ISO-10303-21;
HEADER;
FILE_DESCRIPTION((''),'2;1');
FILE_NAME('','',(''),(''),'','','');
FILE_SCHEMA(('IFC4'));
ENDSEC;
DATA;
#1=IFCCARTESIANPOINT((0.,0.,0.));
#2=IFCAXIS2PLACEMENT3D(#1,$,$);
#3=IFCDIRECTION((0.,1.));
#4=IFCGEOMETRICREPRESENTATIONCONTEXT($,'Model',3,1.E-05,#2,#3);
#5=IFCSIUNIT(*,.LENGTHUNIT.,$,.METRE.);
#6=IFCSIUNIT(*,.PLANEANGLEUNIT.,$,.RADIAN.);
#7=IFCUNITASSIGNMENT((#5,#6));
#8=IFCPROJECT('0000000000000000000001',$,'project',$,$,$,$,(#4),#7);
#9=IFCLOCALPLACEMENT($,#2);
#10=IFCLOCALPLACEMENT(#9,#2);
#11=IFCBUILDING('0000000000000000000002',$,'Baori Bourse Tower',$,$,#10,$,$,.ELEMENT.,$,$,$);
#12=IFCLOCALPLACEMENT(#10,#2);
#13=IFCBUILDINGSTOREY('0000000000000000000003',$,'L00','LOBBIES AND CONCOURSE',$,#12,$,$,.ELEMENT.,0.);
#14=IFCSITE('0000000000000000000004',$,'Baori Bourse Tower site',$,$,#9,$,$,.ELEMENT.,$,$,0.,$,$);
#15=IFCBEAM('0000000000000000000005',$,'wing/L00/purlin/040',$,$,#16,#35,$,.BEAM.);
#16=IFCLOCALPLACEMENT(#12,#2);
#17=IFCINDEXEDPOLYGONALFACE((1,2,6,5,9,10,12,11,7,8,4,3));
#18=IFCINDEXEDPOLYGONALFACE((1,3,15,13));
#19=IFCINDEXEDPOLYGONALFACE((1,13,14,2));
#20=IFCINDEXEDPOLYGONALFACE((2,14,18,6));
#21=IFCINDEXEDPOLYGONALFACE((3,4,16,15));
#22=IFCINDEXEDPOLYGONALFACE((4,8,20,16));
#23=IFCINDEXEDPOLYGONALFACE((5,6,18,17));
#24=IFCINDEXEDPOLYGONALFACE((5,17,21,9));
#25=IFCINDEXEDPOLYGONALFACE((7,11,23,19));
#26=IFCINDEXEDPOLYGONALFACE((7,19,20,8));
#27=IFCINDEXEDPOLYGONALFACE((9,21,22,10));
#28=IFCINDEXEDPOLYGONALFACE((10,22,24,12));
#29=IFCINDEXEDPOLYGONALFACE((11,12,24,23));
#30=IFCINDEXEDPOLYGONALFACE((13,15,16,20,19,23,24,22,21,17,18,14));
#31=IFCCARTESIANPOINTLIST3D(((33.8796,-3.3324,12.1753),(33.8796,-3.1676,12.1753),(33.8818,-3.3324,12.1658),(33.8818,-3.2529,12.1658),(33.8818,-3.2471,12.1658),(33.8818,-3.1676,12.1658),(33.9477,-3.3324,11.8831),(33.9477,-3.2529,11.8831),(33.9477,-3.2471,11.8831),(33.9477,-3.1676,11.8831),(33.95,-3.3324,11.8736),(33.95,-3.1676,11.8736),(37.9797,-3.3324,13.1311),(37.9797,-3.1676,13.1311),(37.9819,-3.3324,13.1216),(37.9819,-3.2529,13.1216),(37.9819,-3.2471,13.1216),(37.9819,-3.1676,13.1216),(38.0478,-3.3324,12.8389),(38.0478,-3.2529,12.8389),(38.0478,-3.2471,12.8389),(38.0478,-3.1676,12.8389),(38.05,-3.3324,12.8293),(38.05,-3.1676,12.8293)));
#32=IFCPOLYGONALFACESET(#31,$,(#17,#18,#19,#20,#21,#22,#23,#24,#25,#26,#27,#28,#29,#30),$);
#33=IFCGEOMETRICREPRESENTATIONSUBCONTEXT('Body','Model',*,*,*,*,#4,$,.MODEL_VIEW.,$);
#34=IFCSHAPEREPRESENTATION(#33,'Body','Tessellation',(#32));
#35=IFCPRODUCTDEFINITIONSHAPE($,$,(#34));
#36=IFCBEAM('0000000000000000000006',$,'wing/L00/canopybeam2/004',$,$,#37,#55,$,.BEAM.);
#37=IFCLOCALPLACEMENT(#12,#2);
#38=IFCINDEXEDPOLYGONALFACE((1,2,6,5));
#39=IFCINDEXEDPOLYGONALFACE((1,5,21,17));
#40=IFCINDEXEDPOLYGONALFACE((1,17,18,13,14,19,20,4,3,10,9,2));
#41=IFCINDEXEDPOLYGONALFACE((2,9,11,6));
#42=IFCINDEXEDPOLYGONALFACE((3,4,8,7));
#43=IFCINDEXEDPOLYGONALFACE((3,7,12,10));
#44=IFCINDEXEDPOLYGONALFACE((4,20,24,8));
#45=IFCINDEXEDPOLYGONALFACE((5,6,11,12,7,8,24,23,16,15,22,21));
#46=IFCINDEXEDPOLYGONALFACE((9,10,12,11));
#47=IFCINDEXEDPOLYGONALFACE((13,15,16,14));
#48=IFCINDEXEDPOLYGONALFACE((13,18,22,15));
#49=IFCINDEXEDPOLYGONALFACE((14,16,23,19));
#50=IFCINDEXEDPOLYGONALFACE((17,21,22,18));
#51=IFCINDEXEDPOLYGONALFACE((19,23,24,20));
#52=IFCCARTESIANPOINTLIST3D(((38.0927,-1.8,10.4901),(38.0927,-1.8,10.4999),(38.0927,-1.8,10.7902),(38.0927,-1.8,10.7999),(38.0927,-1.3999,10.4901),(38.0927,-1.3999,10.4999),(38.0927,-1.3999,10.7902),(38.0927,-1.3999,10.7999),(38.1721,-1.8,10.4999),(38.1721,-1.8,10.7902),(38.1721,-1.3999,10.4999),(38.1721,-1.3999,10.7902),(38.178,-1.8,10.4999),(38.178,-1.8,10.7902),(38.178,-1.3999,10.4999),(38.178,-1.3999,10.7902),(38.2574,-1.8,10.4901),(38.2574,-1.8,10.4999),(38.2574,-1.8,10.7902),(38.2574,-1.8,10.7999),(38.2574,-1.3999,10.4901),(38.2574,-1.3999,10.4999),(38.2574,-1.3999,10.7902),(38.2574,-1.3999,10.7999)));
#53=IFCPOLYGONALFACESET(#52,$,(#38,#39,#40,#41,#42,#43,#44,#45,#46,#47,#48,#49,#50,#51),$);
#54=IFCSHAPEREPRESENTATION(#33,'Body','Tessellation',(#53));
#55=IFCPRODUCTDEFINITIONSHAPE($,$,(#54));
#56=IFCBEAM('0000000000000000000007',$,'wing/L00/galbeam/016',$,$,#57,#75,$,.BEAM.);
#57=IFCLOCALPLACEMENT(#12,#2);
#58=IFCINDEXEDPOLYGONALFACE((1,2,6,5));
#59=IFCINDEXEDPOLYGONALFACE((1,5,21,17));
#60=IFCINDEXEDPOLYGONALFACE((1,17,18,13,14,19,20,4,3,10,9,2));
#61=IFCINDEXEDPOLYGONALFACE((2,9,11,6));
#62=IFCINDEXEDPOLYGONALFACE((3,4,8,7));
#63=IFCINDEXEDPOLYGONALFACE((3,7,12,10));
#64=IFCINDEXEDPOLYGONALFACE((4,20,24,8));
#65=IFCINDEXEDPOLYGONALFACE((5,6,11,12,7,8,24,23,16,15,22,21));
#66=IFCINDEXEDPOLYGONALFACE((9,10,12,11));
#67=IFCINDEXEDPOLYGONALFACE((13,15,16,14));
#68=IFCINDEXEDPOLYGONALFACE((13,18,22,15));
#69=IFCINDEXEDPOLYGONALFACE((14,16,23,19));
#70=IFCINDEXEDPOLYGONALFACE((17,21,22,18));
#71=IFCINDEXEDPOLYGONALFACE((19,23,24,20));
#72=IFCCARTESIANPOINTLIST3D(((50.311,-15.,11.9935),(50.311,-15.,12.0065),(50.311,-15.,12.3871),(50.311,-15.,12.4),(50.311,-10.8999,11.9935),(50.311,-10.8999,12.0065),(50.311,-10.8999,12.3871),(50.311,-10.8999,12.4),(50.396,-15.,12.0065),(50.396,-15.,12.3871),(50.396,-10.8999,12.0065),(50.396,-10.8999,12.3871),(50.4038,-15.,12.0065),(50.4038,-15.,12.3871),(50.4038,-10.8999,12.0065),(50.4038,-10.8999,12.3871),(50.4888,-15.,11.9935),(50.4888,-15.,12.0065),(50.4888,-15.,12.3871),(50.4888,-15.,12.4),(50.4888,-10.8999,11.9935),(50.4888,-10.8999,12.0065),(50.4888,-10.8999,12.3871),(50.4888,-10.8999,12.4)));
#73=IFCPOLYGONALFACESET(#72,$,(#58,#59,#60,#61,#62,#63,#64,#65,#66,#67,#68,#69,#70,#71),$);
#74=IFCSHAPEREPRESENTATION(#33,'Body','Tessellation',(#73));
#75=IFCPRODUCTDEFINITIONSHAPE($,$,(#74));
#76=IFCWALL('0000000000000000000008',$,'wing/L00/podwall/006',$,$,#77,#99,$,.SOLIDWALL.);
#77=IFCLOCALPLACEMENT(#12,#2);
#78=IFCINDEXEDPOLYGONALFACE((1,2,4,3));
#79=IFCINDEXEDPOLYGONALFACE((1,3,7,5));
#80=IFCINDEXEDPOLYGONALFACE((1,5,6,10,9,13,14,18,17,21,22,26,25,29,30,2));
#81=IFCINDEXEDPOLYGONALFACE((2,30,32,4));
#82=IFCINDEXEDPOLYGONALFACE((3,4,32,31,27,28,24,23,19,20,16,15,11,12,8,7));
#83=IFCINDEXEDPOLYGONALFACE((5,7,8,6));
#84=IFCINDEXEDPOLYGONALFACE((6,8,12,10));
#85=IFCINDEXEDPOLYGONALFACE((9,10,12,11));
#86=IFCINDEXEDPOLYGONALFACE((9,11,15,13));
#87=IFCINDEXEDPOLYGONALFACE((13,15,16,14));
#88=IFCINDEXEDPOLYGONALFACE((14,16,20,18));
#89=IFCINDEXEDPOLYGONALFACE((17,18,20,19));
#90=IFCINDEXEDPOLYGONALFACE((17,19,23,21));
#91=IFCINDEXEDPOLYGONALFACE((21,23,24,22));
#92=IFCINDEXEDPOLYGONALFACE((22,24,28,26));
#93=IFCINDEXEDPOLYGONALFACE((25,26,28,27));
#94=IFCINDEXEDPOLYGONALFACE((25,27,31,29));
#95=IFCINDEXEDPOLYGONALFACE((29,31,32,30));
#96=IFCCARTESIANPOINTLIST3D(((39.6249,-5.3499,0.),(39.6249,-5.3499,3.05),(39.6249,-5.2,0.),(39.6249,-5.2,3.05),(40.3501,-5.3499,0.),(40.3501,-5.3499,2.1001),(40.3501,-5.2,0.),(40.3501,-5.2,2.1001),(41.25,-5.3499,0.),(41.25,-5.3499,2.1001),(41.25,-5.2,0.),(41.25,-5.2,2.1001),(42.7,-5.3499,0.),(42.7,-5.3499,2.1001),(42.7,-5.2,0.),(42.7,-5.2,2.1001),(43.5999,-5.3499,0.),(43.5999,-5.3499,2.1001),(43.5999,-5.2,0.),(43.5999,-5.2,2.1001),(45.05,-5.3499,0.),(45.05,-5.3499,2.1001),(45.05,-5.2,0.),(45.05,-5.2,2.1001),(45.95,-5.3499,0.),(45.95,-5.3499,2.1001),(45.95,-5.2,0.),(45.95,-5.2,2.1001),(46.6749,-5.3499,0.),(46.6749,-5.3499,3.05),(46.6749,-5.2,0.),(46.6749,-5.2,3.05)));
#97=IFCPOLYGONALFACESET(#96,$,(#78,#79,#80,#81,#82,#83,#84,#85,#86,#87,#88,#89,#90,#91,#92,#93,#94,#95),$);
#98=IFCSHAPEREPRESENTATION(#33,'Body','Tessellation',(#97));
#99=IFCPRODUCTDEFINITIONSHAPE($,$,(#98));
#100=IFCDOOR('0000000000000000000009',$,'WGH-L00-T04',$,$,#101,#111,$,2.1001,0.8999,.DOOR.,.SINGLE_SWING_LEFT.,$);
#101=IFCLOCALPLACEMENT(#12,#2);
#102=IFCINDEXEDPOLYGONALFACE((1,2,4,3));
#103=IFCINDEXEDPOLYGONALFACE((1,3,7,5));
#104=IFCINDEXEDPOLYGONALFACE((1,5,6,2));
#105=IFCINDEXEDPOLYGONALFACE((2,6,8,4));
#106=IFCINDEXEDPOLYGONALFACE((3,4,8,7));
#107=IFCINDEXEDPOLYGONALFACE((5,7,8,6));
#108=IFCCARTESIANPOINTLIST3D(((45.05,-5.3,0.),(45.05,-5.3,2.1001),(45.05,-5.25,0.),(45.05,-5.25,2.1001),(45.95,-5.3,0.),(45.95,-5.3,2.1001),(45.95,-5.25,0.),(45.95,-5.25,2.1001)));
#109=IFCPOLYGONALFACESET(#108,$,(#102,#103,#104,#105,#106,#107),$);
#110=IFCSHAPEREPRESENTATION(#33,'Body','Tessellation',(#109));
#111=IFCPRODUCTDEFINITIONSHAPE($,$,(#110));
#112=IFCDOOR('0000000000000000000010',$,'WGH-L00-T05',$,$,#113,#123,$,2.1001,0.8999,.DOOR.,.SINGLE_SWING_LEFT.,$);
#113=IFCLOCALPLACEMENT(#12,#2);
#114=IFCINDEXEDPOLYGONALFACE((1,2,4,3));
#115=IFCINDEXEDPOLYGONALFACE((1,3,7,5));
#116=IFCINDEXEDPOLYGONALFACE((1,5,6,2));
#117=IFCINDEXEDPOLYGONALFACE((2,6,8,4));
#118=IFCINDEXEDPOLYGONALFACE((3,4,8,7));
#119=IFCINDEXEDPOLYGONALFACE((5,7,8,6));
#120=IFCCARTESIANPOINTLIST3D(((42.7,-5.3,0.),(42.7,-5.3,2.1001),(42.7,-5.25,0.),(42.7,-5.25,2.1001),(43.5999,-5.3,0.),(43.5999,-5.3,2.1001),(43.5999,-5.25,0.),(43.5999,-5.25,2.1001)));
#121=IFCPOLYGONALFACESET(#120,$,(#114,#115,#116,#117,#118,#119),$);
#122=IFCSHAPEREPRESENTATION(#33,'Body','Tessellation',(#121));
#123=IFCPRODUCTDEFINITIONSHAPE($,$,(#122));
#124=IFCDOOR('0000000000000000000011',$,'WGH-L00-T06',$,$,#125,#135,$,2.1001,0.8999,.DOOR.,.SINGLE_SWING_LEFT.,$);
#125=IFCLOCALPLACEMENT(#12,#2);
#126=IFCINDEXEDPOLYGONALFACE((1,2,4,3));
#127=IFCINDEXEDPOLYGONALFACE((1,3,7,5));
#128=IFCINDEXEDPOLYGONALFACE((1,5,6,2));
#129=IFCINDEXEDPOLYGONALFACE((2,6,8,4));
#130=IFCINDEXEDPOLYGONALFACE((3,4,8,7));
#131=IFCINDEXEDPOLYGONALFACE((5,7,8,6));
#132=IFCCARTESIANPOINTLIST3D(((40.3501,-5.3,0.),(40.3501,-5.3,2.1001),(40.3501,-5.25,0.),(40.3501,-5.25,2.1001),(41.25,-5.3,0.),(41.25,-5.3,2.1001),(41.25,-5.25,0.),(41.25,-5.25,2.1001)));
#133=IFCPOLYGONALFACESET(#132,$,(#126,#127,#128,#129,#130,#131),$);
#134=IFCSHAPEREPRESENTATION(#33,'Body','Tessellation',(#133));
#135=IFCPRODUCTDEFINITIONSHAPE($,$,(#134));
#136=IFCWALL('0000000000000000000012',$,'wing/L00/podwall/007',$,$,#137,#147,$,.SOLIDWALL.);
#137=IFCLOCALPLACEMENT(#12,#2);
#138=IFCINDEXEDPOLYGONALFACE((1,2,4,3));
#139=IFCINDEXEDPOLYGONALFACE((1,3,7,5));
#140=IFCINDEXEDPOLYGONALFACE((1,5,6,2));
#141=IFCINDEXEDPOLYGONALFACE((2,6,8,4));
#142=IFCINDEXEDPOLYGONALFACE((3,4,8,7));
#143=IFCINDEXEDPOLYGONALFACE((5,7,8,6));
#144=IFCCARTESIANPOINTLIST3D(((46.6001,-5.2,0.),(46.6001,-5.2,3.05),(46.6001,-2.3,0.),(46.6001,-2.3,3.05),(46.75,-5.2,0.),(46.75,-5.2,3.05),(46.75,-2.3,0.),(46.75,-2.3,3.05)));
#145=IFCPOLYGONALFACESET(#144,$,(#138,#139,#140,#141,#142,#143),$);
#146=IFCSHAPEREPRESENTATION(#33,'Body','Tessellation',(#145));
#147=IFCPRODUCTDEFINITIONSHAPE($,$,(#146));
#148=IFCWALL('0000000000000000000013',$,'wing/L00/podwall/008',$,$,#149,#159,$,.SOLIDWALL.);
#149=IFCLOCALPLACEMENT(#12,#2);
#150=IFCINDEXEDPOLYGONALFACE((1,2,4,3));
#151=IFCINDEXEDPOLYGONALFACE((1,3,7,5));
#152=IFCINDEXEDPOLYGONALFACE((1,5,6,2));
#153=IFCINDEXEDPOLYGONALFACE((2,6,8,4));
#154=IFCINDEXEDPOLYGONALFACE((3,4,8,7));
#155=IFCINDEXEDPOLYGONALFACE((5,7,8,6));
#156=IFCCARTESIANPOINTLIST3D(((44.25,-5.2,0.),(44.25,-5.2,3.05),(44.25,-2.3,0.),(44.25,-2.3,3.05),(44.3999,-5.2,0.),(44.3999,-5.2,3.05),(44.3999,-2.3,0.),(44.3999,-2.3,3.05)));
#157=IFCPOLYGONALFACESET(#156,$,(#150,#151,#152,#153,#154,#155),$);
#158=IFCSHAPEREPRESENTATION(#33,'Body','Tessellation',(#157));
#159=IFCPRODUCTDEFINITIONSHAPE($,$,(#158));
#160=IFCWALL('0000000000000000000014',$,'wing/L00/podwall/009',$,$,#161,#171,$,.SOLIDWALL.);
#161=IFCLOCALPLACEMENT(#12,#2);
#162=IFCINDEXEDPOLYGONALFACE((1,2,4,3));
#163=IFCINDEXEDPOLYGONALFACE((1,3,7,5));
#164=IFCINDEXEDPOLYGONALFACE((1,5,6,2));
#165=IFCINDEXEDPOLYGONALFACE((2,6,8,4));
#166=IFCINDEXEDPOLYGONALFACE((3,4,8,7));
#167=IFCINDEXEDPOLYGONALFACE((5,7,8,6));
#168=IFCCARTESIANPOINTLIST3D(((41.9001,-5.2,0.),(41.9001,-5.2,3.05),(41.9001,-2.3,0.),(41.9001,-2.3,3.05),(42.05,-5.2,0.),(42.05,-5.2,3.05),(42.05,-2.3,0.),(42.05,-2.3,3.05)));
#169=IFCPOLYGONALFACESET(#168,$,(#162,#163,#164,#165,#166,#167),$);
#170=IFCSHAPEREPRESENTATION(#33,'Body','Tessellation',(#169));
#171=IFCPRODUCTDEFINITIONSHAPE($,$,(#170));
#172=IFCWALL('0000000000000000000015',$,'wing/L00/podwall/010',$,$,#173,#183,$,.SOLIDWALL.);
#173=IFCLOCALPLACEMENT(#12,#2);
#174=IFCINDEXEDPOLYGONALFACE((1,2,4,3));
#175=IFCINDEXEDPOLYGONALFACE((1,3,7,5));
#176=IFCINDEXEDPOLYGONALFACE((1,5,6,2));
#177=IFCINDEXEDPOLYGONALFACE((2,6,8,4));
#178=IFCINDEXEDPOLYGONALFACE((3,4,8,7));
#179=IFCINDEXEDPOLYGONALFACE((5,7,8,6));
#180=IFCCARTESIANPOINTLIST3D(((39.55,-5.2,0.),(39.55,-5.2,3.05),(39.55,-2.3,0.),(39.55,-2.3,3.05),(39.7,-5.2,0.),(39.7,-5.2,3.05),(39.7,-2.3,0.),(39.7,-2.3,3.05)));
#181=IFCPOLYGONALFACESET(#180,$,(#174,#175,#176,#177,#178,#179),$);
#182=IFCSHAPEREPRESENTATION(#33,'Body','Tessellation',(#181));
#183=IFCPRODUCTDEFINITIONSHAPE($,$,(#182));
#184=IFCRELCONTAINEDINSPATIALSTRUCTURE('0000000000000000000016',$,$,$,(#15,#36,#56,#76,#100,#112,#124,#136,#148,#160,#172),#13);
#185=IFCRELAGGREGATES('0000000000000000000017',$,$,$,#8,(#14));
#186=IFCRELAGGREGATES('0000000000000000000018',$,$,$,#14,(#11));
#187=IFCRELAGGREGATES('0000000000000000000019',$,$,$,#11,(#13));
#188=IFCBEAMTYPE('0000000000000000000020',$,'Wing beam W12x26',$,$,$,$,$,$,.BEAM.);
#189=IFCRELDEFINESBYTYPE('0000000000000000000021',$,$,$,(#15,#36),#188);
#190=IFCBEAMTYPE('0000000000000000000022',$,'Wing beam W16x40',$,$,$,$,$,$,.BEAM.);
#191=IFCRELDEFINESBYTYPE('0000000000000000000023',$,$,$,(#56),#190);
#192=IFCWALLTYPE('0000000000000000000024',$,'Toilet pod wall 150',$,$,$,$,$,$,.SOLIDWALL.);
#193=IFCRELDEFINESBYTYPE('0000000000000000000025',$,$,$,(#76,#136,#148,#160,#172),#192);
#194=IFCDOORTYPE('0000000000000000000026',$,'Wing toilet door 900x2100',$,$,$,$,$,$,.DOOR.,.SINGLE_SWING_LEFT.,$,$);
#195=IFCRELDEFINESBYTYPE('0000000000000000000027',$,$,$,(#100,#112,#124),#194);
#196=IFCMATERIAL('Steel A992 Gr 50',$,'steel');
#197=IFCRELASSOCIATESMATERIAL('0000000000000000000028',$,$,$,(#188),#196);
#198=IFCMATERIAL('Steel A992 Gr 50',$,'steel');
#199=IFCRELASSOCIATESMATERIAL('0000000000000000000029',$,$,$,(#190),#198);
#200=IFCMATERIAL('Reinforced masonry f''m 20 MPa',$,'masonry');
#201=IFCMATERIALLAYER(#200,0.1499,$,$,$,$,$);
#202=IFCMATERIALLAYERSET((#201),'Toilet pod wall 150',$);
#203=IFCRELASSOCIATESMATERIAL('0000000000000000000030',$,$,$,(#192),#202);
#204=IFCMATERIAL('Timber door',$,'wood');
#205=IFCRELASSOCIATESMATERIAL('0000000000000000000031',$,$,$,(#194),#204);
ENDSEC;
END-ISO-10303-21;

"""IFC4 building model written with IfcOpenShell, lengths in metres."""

from ifc_helpers import new_model, si_unit, direction, frame, frame_2d, origin, origin_2d, place, context, subcontext, project, spatial, rectangle, i_section, extrude, material, layer, layer_set, material_profile, profile_set, type_object, element, fill, save


model = new_model("IFC4")

# Units and contexts
model_context = context("Model", 3, precision=1e-05, world=origin(), true_north=direction((0.0, 1.0)))
body_context = subcontext(model_context, "Body", "Model", "MODEL_VIEW")
ifc_project = project(units=[si_unit("LENGTHUNIT", "METRE"), si_unit("PLANEANGLEUNIT", "RADIAN")], contexts=[model_context])

# Site, building, storey
site_placement = place(None, origin())
site = spatial("IfcSite", under=ifc_project, at=site_placement, Name="Baori Bourse Tower site", CompositionType="ELEMENT", RefElevation=0.0)
building_placement = place(site_placement, origin())
building = spatial("IfcBuilding", under=site, at=building_placement, Name="Baori Bourse Tower", CompositionType="ELEMENT")
storey_placement = place(building_placement, origin())
storey = spatial("IfcBuildingStorey", under=building, at=storey_placement, Name="L00", Description="LOBBIES AND CONCOURSE", CompositionType="ELEMENT", Elevation=0.0)

# Beams
ifc_material_1 = material(Name="Steel A992 Gr 50", Category="steel")
ifc_material_profile_1 = material_profile(ifc_material_1, i_section(OverallWidth=0.1648, OverallDepth=0.3098, WebThickness=0.0059, FlangeThickness=0.0098, at=origin_2d()), Name="W12x26")
ifc_profile_set_1 = profile_set([ifc_material_profile_1], Name="Steel A992 Gr 50")
beam_type_1 = type_object("IfcBeamType", Name="Wing beam W12x26", PredefinedType="BEAM", material=ifc_profile_set_1)
beam_1_placement = place(storey_placement, frame((33.9148, -3.25, 12.0244), z_axis=(0.973887, 0.0, 0.227032), x_axis=(0.0, 1.0, 0.0)))
element("IfcBeam", 1, at=beam_1_placement, inside=storey, type_object=beam_type_1, Name="wing/L00/purlin/040", PredefinedType="BEAM", context=body_context, shape_type="SweptSolid", body=[
    extrude(i_section(OverallWidth=0.1648, OverallDepth=0.3098, WebThickness=0.0059, FlangeThickness=0.0098, at=origin_2d()), origin(), (0.0, 0.0, 1.0), 4.21),
])
beam_2_placement = place(storey_placement, frame((38.175, -1.8, 10.645), z_axis=(0.0, 1.0, 0.0), x_axis=(-1.0, 0.0, 0.0)))
element("IfcBeam", 2, at=beam_2_placement, inside=storey, type_object=beam_type_1, Name="wing/L00/canopybeam2/004", PredefinedType="BEAM", context=body_context, shape_type="SweptSolid", body=[
    extrude(i_section(OverallWidth=0.1648, OverallDepth=0.3098, WebThickness=0.0059, FlangeThickness=0.0098, at=origin_2d()), origin(), (0.0, 0.0, 1.0), 0.4001),
])
ifc_material_2 = material(Name="Steel A992 Gr 50", Category="steel")
ifc_material_profile_2 = material_profile(ifc_material_2, i_section(OverallWidth=0.1777, OverallDepth=0.4065, WebThickness=0.0078, FlangeThickness=0.0129, at=origin_2d()), Name="W16x40")
ifc_profile_set_2 = profile_set([ifc_material_profile_2], Name="Steel A992 Gr 50")
beam_type_2 = type_object("IfcBeamType", Name="Wing beam W16x40", PredefinedType="BEAM", material=ifc_profile_set_2)
beam_3_placement = place(storey_placement, frame((50.3999, -15.0, 12.1968), z_axis=(0.0, 1.0, 0.0), x_axis=(-1.0, 0.0, 0.0)))
element("IfcBeam", 3, at=beam_3_placement, inside=storey, type_object=beam_type_2, Name="wing/L00/galbeam/016", PredefinedType="BEAM", context=body_context, shape_type="SweptSolid", body=[
    extrude(i_section(OverallWidth=0.1777, OverallDepth=0.4065, WebThickness=0.0078, FlangeThickness=0.0129, at=origin_2d()), origin(), (0.0, 0.0, 1.0), 4.1001),
])

# Wall, openings, doors
ifc_material_3 = material(Name="Reinforced masonry f'm 20 MPa", Category="masonry")
ifc_layer = layer(ifc_material_3, 0.1499)
ifc_layer_set = layer_set([ifc_layer], Name="Toilet pod wall 150")
wall_type = type_object("IfcWallType", Name="Toilet pod wall 150", PredefinedType="SOLIDWALL", material=ifc_layer_set)
wall_placement = place(storey_placement, frame((39.625, -5.2749, 0.0), z_axis=(0.0, 0.0, 1.0), x_axis=(1.0, 0.0, 0.0)))
wall = element("IfcWall", 4, at=wall_placement, inside=storey, type_object=wall_type, Name="wing/L00/podwall/006", PredefinedType="SOLIDWALL", context=body_context, shape_type="SweptSolid", body=[
    extrude(rectangle(XDim=7.05, YDim=0.1499, at=frame_2d((3.5249, 0.0))), origin(), (0.0, 0.0, 1.0), 3.05),
])
opening_1_placement = place(wall_placement, frame((5.425, 0.0, 0.0)))
opening_1 = element("IfcOpeningElement", 5, at=opening_1_placement, cuts=wall, PredefinedType="OPENING", context=body_context, shape_type="SweptSolid", body=[
    extrude(rectangle(XDim=0.8999, YDim=2.1001, at=frame_2d((0.45, 1.05))), frame((0.0, 0.085, 0.0), z_axis=(0.0, -1.0, 0.0), x_axis=(1.0, 0.0, 0.0)), (0.0, 0.0, 1.0), 0.1699),
])
opening_2_placement = place(wall_placement, frame((3.075, 0.0, 0.0)))
opening_2 = element("IfcOpeningElement", 6, at=opening_2_placement, cuts=wall, PredefinedType="OPENING", context=body_context, shape_type="SweptSolid", body=[
    extrude(rectangle(XDim=0.8999, YDim=2.1001, at=frame_2d((0.45, 1.05))), frame((0.0, 0.085, 0.0), z_axis=(0.0, -1.0, 0.0), x_axis=(1.0, 0.0, 0.0)), (0.0, 0.0, 1.0), 0.1699),
])
opening_3_placement = place(wall_placement, frame((0.7251, 0.0, 0.0)))
opening_3 = element("IfcOpeningElement", 7, at=opening_3_placement, cuts=wall, PredefinedType="OPENING", context=body_context, shape_type="SweptSolid", body=[
    extrude(rectangle(XDim=0.8999, YDim=2.1001, at=frame_2d((0.45, 1.05))), frame((0.0, 0.085, 0.0), z_axis=(0.0, -1.0, 0.0), x_axis=(1.0, 0.0, 0.0)), (0.0, 0.0, 1.0), 0.1699),
])
ifc_material_4 = material(Name="Timber door", Category="wood")
door_type = type_object("IfcDoorType", Name="Wing toilet door 900x2100", OperationType="SINGLE_SWING_LEFT", PredefinedType="DOOR", material=ifc_material_4)
door_1_placement = place(opening_1_placement, origin())
door_1 = element("IfcDoor", 8, at=door_1_placement, inside=storey, type_object=door_type, Name="WGH-L00-T04", OperationType="SINGLE_SWING_LEFT", OverallHeight=2.1001, OverallWidth=0.8999, PredefinedType="DOOR", context=body_context, shape_type="SweptSolid", body=[
    extrude(rectangle(XDim=0.8999, YDim=2.1001, at=frame_2d((0.45, 1.05))), frame((0.0, 0.0249, 0.0), z_axis=(0.0, -1.0, 0.0), x_axis=(1.0, 0.0, 0.0)), (0.0, 0.0, 1.0), 0.05),
])
fill(opening_1, door_1)
door_2_placement = place(opening_2_placement, origin())
door_2 = element("IfcDoor", 9, at=door_2_placement, inside=storey, type_object=door_type, Name="WGH-L00-T05", OperationType="SINGLE_SWING_LEFT", OverallHeight=2.1001, OverallWidth=0.8999, PredefinedType="DOOR", context=body_context, shape_type="SweptSolid", body=[
    extrude(rectangle(XDim=0.8999, YDim=2.1001, at=frame_2d((0.45, 1.05))), frame((0.0, 0.0249, 0.0), z_axis=(0.0, -1.0, 0.0), x_axis=(1.0, 0.0, 0.0)), (0.0, 0.0, 1.0), 0.05),
])
fill(opening_2, door_2)
door_3_placement = place(opening_3_placement, origin())
door_3 = element("IfcDoor", 10, at=door_3_placement, inside=storey, type_object=door_type, Name="WGH-L00-T06", OperationType="SINGLE_SWING_LEFT", OverallHeight=2.1001, OverallWidth=0.8999, PredefinedType="DOOR", context=body_context, shape_type="SweptSolid", body=[
    extrude(rectangle(XDim=0.8999, YDim=2.1001, at=frame_2d((0.45, 1.05))), frame((0.0, 0.0249, 0.0), z_axis=(0.0, -1.0, 0.0), x_axis=(1.0, 0.0, 0.0)), (0.0, 0.0, 1.0), 0.05),
])
fill(opening_3, door_3)

# Walls
for number, where, z_axis, x_axis, name in (
    (11, (46.675, -5.2, 0.0), (0.0, 0.0, 1.0), (0.0, 1.0, 0.0), "wing/L00/podwall/007"),
    (12, (44.325, -5.2, 0.0), (0.0, 0.0, 1.0), (0.0, 1.0, 0.0), "wing/L00/podwall/008"),
    (13, (41.9751, -5.2, 0.0), (0.0, 0.0, 1.0), (0.0, 1.0, 0.0), "wing/L00/podwall/009"),
    (14, (39.625, -5.2, 0.0), (0.0, 0.0, 1.0), (0.0, 1.0, 0.0), "wing/L00/podwall/010"),
):
    element("IfcWall", number, at=place(storey_placement, frame(where, z_axis=z_axis, x_axis=x_axis)), inside=storey, type_object=wall_type, Name=name, PredefinedType="SOLIDWALL", context=body_context, shape_type="SweptSolid", body=[
        extrude(rectangle(XDim=2.8999, YDim=0.1499, at=frame_2d((1.45, 0.0))), origin(), (0.0, 0.0, 1.0), 3.05),
    ])

save(model, "model.ifc")
